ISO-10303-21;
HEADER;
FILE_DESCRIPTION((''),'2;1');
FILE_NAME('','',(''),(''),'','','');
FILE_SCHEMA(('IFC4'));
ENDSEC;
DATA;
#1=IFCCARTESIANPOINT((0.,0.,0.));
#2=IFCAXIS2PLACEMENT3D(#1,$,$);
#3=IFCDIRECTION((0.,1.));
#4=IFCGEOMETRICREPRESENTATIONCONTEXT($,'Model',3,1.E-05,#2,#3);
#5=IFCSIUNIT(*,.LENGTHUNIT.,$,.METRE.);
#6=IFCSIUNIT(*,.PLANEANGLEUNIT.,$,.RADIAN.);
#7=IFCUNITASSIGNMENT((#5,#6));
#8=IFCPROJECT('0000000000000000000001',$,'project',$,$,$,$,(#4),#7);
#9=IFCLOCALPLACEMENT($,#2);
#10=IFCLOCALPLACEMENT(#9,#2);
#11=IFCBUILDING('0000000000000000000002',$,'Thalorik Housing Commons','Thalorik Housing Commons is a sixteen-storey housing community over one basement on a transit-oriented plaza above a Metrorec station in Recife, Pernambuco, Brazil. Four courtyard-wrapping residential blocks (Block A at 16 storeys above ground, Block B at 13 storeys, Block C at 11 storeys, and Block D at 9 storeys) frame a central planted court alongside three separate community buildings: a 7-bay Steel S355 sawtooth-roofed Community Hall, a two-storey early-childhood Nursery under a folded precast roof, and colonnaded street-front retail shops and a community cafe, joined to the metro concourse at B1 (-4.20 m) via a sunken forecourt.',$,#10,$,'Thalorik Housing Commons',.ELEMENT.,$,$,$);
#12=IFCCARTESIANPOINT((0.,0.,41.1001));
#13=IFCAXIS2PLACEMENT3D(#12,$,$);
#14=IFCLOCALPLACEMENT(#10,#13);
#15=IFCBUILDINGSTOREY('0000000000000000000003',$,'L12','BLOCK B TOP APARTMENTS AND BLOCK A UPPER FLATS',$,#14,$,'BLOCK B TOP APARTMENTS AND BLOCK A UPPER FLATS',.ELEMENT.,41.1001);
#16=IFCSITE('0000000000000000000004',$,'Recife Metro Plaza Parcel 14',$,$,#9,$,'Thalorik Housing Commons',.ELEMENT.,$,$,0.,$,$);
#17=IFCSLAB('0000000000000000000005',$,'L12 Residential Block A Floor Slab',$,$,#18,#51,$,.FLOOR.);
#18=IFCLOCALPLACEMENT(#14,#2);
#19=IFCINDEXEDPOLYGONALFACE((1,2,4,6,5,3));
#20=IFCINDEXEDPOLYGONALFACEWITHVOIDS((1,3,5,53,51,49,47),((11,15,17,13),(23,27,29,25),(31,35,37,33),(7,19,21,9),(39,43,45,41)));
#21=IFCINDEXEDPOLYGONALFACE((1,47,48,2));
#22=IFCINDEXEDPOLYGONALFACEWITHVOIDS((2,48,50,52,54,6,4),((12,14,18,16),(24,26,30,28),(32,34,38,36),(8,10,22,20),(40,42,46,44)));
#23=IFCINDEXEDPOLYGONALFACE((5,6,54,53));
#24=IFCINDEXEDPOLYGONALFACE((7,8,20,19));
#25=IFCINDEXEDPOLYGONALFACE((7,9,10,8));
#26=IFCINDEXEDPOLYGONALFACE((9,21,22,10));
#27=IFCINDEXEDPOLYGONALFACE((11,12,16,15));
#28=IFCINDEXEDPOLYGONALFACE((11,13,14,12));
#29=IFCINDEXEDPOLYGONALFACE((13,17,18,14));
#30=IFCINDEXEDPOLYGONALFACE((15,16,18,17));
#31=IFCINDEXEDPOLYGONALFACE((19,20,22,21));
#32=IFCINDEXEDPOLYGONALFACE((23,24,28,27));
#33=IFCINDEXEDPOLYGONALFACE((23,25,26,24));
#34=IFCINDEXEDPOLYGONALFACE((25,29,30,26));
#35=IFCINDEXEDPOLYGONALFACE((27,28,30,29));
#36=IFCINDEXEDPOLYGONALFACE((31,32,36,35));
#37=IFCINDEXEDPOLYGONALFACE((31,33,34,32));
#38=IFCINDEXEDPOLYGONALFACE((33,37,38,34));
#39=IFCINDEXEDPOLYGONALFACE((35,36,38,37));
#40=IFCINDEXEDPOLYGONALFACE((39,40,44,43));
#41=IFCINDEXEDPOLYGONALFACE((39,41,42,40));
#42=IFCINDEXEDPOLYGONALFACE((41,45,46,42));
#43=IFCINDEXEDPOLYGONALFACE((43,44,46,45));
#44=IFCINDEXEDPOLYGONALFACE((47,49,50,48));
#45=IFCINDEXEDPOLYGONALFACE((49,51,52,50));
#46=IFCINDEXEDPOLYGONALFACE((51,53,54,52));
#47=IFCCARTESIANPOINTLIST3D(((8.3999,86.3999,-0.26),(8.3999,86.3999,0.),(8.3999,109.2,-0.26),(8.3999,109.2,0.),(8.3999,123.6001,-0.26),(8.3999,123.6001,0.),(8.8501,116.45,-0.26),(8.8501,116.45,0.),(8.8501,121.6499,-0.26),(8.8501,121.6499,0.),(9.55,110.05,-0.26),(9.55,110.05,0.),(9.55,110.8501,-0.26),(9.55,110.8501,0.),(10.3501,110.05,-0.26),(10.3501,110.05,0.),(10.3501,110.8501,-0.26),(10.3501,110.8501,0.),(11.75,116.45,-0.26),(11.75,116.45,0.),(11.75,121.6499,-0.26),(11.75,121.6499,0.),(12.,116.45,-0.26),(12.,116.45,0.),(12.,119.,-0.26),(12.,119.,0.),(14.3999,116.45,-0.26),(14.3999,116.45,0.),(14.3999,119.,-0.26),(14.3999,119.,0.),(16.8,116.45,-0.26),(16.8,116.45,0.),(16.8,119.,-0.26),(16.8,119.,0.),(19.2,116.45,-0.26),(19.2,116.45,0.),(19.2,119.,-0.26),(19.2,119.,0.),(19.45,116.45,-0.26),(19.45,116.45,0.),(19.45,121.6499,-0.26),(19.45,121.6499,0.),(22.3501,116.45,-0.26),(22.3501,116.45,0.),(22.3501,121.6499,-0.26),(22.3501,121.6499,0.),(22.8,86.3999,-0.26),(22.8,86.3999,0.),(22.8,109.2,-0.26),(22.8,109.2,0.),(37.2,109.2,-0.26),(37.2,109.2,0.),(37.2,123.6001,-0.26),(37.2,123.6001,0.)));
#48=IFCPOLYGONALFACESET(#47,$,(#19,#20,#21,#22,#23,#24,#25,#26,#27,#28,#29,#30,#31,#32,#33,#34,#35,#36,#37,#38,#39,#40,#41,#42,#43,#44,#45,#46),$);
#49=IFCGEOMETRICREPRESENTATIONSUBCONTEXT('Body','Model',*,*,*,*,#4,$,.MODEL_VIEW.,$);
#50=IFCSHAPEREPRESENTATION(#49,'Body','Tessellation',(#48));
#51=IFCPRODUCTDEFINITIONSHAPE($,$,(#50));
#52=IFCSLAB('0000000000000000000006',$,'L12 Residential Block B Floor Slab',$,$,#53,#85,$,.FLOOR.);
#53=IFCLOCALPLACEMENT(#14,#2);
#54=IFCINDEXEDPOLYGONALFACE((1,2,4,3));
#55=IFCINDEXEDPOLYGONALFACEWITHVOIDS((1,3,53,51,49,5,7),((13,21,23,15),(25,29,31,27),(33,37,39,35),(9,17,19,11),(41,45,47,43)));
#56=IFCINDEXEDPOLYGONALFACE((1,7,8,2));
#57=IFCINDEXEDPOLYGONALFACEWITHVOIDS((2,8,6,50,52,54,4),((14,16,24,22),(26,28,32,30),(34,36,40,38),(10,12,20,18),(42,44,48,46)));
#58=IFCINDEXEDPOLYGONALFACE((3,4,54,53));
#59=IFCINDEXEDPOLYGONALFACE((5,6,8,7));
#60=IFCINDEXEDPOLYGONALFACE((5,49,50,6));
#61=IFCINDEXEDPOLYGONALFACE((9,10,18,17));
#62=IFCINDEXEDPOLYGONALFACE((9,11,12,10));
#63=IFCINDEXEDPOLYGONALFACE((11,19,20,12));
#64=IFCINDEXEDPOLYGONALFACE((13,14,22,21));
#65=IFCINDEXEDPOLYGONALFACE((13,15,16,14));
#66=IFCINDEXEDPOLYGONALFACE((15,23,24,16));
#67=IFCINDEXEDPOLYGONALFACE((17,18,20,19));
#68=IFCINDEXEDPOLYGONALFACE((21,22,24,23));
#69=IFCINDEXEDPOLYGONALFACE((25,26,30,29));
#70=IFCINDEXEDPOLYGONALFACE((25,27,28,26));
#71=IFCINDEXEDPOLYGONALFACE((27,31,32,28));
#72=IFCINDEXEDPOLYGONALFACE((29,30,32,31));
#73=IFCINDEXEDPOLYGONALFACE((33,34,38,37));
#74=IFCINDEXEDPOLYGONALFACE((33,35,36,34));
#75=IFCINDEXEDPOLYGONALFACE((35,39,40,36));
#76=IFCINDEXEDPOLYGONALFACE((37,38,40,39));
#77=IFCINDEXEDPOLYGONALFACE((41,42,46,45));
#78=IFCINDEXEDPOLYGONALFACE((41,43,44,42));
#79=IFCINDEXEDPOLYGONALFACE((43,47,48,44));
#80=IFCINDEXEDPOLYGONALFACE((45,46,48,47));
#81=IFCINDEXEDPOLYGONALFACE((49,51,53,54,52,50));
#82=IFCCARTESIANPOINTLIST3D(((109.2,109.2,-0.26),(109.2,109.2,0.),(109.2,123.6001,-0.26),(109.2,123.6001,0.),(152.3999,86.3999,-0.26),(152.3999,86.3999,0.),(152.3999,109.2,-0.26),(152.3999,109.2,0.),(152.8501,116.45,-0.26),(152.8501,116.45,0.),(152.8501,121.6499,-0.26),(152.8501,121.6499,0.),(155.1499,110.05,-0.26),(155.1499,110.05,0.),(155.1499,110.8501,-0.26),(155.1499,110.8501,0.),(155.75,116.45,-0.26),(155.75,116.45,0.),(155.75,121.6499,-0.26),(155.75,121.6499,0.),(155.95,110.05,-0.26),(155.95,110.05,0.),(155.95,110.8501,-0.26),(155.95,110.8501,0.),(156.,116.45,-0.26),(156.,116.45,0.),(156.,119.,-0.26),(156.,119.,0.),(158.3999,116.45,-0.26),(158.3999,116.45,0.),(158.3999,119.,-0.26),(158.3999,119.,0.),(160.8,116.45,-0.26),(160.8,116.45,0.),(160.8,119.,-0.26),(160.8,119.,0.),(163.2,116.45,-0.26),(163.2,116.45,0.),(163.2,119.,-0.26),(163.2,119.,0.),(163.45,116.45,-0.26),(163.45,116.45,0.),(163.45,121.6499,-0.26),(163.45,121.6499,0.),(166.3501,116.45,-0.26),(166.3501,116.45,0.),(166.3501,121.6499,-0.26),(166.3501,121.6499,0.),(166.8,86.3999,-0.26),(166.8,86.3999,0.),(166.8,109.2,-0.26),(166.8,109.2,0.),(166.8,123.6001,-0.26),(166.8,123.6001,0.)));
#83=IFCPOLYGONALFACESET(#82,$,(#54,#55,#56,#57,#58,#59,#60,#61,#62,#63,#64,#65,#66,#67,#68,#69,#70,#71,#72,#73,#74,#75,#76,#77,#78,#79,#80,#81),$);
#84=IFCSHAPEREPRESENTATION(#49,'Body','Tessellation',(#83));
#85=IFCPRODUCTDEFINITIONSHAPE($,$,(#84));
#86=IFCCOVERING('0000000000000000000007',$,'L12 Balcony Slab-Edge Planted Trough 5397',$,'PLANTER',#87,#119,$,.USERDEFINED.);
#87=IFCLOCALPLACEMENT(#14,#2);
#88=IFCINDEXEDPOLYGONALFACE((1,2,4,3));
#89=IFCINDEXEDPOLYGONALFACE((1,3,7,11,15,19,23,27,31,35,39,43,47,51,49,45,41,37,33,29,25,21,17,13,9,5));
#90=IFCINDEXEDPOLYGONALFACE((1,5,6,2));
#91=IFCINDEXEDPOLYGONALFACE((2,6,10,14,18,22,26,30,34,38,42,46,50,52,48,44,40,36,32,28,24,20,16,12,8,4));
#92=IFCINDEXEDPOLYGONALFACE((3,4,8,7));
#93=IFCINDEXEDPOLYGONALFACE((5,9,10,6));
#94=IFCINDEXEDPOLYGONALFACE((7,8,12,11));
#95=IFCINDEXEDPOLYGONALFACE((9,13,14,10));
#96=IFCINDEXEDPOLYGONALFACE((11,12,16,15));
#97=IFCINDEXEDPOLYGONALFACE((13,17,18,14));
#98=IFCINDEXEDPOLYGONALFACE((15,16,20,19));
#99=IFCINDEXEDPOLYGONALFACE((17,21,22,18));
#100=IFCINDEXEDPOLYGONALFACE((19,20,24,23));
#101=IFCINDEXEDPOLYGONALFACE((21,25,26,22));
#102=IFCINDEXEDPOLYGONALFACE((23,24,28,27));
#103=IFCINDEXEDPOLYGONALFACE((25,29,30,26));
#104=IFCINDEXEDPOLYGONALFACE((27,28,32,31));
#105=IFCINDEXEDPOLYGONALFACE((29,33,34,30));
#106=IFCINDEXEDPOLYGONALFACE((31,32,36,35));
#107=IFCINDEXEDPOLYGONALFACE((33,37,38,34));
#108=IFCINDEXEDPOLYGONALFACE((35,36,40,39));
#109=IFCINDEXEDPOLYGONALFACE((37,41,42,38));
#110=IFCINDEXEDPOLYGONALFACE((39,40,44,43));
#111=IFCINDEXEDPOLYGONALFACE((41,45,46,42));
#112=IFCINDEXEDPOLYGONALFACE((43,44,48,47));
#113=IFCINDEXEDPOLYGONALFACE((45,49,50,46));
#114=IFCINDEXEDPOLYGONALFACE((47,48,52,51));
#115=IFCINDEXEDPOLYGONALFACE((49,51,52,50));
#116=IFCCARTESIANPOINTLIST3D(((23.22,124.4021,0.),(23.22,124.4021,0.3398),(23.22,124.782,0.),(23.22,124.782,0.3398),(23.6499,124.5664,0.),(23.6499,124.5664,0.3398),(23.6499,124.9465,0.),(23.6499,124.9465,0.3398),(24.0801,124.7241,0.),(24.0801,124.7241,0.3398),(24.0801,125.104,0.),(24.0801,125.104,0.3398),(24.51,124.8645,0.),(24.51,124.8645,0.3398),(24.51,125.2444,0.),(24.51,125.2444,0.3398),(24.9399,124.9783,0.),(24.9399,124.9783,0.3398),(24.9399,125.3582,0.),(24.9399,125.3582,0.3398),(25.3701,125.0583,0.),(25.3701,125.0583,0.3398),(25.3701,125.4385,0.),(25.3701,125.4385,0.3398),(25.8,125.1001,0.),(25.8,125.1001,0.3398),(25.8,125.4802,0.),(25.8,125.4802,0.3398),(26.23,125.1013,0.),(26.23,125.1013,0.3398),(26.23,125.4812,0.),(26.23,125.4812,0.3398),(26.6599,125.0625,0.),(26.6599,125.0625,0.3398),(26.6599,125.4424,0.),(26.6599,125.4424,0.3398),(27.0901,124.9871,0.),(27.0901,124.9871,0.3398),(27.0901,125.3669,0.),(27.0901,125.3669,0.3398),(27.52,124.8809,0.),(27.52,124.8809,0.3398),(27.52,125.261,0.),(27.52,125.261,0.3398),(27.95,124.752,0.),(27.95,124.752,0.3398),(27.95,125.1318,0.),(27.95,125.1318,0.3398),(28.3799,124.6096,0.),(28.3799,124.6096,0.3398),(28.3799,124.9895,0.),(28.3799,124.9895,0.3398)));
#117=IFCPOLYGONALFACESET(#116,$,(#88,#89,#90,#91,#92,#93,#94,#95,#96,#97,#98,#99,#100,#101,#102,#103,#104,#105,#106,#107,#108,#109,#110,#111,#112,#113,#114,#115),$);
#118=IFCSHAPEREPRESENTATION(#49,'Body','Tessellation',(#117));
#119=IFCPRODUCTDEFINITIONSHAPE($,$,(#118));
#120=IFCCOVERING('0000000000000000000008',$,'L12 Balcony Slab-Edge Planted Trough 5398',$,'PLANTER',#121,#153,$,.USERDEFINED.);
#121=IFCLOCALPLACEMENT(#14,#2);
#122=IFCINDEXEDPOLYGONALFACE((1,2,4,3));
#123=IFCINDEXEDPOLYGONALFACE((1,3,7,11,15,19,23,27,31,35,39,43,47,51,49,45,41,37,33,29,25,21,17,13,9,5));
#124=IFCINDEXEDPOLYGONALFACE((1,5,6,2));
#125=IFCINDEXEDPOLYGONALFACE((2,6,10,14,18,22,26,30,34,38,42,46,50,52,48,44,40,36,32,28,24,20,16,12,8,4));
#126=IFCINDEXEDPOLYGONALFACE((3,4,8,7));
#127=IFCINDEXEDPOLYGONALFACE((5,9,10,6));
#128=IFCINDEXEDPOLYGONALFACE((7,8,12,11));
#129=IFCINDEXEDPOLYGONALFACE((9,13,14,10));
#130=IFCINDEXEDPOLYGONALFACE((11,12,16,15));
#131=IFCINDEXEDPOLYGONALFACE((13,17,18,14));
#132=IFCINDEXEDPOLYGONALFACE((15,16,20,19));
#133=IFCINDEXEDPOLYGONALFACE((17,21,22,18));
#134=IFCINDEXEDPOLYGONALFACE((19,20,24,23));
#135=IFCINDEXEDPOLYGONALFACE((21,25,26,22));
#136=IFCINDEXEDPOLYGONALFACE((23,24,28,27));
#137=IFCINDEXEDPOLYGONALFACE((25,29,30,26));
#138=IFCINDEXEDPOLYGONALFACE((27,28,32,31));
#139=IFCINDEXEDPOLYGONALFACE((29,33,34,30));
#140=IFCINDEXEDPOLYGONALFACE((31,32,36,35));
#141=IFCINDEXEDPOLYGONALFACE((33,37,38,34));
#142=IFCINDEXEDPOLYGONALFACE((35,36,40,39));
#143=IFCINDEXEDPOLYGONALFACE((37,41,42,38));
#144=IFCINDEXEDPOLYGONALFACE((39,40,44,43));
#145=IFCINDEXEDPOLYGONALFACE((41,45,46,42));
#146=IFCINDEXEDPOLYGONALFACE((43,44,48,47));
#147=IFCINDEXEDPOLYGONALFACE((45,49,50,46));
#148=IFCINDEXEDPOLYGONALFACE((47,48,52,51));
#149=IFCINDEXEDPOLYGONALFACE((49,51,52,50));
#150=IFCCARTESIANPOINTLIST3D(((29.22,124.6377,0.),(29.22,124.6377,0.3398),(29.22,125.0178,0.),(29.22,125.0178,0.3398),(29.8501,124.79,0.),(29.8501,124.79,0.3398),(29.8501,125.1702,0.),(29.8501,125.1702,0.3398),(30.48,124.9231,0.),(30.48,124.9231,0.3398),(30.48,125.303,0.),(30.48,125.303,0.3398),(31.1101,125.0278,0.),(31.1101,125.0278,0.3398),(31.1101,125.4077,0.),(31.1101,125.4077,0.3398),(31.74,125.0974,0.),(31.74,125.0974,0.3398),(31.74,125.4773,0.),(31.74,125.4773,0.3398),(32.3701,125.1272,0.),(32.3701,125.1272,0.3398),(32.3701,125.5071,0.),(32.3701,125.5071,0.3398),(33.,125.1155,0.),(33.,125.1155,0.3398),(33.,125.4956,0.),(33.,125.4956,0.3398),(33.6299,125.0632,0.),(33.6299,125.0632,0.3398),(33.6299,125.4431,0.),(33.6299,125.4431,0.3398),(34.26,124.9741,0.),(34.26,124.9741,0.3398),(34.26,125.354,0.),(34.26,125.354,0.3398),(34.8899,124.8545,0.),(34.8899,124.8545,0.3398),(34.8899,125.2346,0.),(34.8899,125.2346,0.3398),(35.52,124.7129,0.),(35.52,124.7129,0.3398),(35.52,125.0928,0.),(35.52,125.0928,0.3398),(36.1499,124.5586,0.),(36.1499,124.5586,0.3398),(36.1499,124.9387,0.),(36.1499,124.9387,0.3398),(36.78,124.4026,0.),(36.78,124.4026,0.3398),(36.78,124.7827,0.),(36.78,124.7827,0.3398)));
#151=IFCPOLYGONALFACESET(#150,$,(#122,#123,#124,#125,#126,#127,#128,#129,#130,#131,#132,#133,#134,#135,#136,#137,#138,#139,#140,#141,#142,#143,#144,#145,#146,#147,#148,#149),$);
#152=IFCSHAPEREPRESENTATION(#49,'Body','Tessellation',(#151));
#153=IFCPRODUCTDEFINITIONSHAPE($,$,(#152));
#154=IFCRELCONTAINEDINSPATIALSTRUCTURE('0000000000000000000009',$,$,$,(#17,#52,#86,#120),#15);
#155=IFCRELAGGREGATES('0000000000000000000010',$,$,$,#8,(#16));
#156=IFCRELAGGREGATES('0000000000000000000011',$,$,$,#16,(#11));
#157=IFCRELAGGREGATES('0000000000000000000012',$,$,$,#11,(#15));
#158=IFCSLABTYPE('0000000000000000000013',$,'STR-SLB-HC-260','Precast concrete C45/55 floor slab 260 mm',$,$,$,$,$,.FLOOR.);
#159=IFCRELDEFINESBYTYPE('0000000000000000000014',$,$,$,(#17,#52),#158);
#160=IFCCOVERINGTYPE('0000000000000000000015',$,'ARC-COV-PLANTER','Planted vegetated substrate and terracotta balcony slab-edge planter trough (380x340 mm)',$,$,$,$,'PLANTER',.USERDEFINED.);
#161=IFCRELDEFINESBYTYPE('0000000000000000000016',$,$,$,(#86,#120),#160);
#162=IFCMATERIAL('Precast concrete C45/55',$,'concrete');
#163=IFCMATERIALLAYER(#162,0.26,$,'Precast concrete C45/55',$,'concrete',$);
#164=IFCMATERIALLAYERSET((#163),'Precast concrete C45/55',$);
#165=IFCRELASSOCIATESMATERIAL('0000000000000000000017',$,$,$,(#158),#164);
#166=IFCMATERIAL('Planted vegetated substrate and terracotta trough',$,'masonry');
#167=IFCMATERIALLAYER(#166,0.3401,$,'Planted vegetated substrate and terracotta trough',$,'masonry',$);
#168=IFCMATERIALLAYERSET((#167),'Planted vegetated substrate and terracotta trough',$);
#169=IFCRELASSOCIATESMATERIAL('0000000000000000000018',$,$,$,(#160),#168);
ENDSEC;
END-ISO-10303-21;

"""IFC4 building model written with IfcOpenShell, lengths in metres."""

from ifc_helpers import new_model, si_unit, direction, frame, origin, place, context, subcontext, project, spatial, polyline, outline, extrude, material, layer, layer_set, type_object, element, save


model = new_model("IFC4")

# Units and contexts
model_context = context("Model", 3, precision=1e-05, world=origin(), true_north=direction((0.0, 1.0)))
body_context = subcontext(model_context, "Body", "Model", "MODEL_VIEW")
ifc_project = project(units=[si_unit("LENGTHUNIT", "METRE"), si_unit("PLANEANGLEUNIT", "RADIAN")], contexts=[model_context])

# Site, building, storey
site_placement = place(None, origin())
site = spatial("IfcSite", under=ifc_project, at=site_placement, Name="Recife Metro Plaza Parcel 14", LongName="Thalorik Housing Commons", CompositionType="ELEMENT", RefElevation=0.0)
building_placement = place(site_placement, origin())
building = spatial("IfcBuilding", under=site, at=building_placement, Name="Thalorik Housing Commons", Description="Thalorik Housing Commons is a sixteen-storey housing community over one basement on a transit-oriented plaza above a Metrorec station in Recife, Pernambuco, Brazil. Four courtyard-wrapping residential blocks (Block A at 16 storeys above ground, Block B at 13 storeys, Block C at 11 storeys, and Block D at 9 storeys) frame a central planted court alongside three separate community buildings: a 7-bay Steel S355 sawtooth-roofed Community Hall, a two-storey early-childhood Nursery under a folded precast roof, and colonnaded street-front retail shops and a community cafe, joined to the metro concourse at B1 (-4.20 m) via a sunken forecourt.", LongName="Thalorik Housing Commons", CompositionType="ELEMENT")
storey_placement = place(building_placement, frame((0.0, 0.0, 41.1001)))
storey = spatial("IfcBuildingStorey", under=building, at=storey_placement, Name="L12", Description="BLOCK B TOP APARTMENTS AND BLOCK A UPPER FLATS", LongName="BLOCK B TOP APARTMENTS AND BLOCK A UPPER FLATS", CompositionType="ELEMENT", Elevation=41.1001)

# Slabs
ifc_material_1 = material(Name="Precast concrete C45/55", Category="concrete")
ifc_layer_1 = layer(ifc_material_1, 0.26, Name="Precast concrete C45/55", Category="concrete")
ifc_layer_set_1 = layer_set([ifc_layer_1], Name="Precast concrete C45/55")
slab_type_1 = type_object("IfcSlabType", Name="STR-SLB-HC-260", Description="Precast concrete C45/55 floor slab 260 mm", PredefinedType="FLOOR", material=ifc_layer_set_1)
slab_1_placement = place(storey_placement, frame((0.0, 0.0, -0.26)))
element("IfcSlab", 1, at=slab_1_placement, inside=storey, type_object=slab_type_1, Name="L12 Residential Block A Floor Slab", PredefinedType="FLOOR", context=body_context, shape_type="SweptSolid", body=[
    extrude(outline(polyline([(8.3999, 123.6001), (8.3999, 109.2), (8.3999, 86.3999), (22.8, 86.3999), (22.8, 109.2), (37.2, 109.2), (37.2, 123.6001), (8.3999, 123.6001)]), holes=[polyline([(8.8501, 121.6499), (11.75, 121.6499), (11.75, 116.45), (8.8501, 116.45), (8.8501, 121.6499)]), polyline([(22.3501, 121.6499), (22.3501, 116.45), (19.45, 116.45), (19.45, 121.6499), (22.3501, 121.6499)]), polyline([(14.3999, 119.0), (14.3999, 116.45), (12.0, 116.45), (12.0, 119.0), (14.3999, 119.0)]), polyline([(19.2, 116.45), (16.8, 116.45), (16.8, 119.0), (19.2, 119.0), (19.2, 116.45)]), polyline([(9.55, 110.05), (9.55, 110.8501), (10.3501, 110.8501), (10.3501, 110.05), (9.55, 110.05)])]), origin(), (0.0, 0.0, 1.0), 0.26),
])
slab_2_placement = place(storey_placement, frame((0.0, 0.0, -0.26)))
element("IfcSlab", 2, at=slab_2_placement, inside=storey, type_object=slab_type_1, Name="L12 Residential Block B Floor Slab", PredefinedType="FLOOR", context=body_context, shape_type="SweptSolid", body=[
    extrude(outline(polyline([(109.2, 109.2), (152.3999, 109.2), (152.3999, 86.3999), (166.8, 86.3999), (166.8, 109.2), (166.8, 123.6001), (109.2, 123.6001), (109.2, 109.2)]), holes=[polyline([(152.8501, 121.6499), (155.75, 121.6499), (155.75, 116.45), (152.8501, 116.45), (152.8501, 121.6499)]), polyline([(166.3501, 121.6499), (166.3501, 116.45), (163.45, 116.45), (163.45, 121.6499), (166.3501, 121.6499)]), polyline([(158.3999, 119.0), (158.3999, 116.45), (156.0, 116.45), (156.0, 119.0), (158.3999, 119.0)]), polyline([(163.2, 116.45), (160.8, 116.45), (160.8, 119.0), (163.2, 119.0), (163.2, 116.45)]), polyline([(155.1499, 110.05), (155.1499, 110.8501), (155.95, 110.8501), (155.95, 110.05), (155.1499, 110.05)])]), origin(), (0.0, 0.0, 1.0), 0.26),
])

# Coverings
ifc_material_2 = material(Name="Planted vegetated substrate and terracotta trough", Category="masonry")
ifc_layer_2 = layer(ifc_material_2, 0.3401, Name="Planted vegetated substrate and terracotta trough", Category="masonry")
ifc_layer_set_2 = layer_set([ifc_layer_2], Name="Planted vegetated substrate and terracotta trough")
covering_type = type_object("IfcCoveringType", Name="ARC-COV-PLANTER", Description="Planted vegetated substrate and terracotta balcony slab-edge planter trough (380x340 mm)", ElementType="PLANTER", PredefinedType="USERDEFINED", material=ifc_layer_set_2)
covering_1_placement = place(storey_placement, origin())
element("IfcCovering", 3, at=covering_1_placement, inside=storey, type_object=covering_type, Name="L12 Balcony Slab-Edge Planted Trough 5397", ObjectType="PLANTER", PredefinedType="USERDEFINED", context=body_context, shape_type="SweptSolid", body=[
    extrude(outline(polyline([(28.3799, 124.9895), (27.95, 125.1318), (27.52, 125.261), (27.0901, 125.3669), (26.6599, 125.4424), (26.23, 125.4812), (25.8, 125.4802), (25.3701, 125.4385), (24.9399, 125.3582), (24.51, 125.2444), (24.0801, 125.104), (23.6499, 124.9465), (23.22, 124.782), (23.22, 124.4021), (23.6499, 124.5664), (24.0801, 124.7241), (24.51, 124.8645), (24.9399, 124.9783), (25.3701, 125.0583), (25.8, 125.1001), (26.23, 125.1013), (26.6599, 125.0625), (27.0901, 124.9871), (27.52, 124.8809), (27.95, 124.752), (28.3799, 124.6096), (28.3799, 124.9895)])), origin(), (0.0, 0.0, 1.0), 0.3398),
])
covering_2_placement = place(storey_placement, origin())
element("IfcCovering", 4, at=covering_2_placement, inside=storey, type_object=covering_type, Name="L12 Balcony Slab-Edge Planted Trough 5398", ObjectType="PLANTER", PredefinedType="USERDEFINED", context=body_context, shape_type="SweptSolid", body=[
    extrude(outline(polyline([(36.78, 124.7827), (36.1499, 124.9387), (35.52, 125.0928), (34.8899, 125.2346), (34.26, 125.354), (33.6299, 125.4431), (33.0, 125.4956), (32.3701, 125.5071), (31.74, 125.4773), (31.1101, 125.4077), (30.48, 125.303), (29.8501, 125.1702), (29.22, 125.0178), (29.22, 124.6377), (29.8501, 124.79), (30.48, 124.9231), (31.1101, 125.0278), (31.74, 125.0974), (32.3701, 125.1272), (33.0, 125.1155), (33.6299, 125.0632), (34.26, 124.9741), (34.8899, 124.8545), (35.52, 124.7129), (36.1499, 124.5586), (36.78, 124.4026), (36.78, 124.7827)])), origin(), (0.0, 0.0, 1.0), 0.3398),
])

save(model, "model.ifc")
